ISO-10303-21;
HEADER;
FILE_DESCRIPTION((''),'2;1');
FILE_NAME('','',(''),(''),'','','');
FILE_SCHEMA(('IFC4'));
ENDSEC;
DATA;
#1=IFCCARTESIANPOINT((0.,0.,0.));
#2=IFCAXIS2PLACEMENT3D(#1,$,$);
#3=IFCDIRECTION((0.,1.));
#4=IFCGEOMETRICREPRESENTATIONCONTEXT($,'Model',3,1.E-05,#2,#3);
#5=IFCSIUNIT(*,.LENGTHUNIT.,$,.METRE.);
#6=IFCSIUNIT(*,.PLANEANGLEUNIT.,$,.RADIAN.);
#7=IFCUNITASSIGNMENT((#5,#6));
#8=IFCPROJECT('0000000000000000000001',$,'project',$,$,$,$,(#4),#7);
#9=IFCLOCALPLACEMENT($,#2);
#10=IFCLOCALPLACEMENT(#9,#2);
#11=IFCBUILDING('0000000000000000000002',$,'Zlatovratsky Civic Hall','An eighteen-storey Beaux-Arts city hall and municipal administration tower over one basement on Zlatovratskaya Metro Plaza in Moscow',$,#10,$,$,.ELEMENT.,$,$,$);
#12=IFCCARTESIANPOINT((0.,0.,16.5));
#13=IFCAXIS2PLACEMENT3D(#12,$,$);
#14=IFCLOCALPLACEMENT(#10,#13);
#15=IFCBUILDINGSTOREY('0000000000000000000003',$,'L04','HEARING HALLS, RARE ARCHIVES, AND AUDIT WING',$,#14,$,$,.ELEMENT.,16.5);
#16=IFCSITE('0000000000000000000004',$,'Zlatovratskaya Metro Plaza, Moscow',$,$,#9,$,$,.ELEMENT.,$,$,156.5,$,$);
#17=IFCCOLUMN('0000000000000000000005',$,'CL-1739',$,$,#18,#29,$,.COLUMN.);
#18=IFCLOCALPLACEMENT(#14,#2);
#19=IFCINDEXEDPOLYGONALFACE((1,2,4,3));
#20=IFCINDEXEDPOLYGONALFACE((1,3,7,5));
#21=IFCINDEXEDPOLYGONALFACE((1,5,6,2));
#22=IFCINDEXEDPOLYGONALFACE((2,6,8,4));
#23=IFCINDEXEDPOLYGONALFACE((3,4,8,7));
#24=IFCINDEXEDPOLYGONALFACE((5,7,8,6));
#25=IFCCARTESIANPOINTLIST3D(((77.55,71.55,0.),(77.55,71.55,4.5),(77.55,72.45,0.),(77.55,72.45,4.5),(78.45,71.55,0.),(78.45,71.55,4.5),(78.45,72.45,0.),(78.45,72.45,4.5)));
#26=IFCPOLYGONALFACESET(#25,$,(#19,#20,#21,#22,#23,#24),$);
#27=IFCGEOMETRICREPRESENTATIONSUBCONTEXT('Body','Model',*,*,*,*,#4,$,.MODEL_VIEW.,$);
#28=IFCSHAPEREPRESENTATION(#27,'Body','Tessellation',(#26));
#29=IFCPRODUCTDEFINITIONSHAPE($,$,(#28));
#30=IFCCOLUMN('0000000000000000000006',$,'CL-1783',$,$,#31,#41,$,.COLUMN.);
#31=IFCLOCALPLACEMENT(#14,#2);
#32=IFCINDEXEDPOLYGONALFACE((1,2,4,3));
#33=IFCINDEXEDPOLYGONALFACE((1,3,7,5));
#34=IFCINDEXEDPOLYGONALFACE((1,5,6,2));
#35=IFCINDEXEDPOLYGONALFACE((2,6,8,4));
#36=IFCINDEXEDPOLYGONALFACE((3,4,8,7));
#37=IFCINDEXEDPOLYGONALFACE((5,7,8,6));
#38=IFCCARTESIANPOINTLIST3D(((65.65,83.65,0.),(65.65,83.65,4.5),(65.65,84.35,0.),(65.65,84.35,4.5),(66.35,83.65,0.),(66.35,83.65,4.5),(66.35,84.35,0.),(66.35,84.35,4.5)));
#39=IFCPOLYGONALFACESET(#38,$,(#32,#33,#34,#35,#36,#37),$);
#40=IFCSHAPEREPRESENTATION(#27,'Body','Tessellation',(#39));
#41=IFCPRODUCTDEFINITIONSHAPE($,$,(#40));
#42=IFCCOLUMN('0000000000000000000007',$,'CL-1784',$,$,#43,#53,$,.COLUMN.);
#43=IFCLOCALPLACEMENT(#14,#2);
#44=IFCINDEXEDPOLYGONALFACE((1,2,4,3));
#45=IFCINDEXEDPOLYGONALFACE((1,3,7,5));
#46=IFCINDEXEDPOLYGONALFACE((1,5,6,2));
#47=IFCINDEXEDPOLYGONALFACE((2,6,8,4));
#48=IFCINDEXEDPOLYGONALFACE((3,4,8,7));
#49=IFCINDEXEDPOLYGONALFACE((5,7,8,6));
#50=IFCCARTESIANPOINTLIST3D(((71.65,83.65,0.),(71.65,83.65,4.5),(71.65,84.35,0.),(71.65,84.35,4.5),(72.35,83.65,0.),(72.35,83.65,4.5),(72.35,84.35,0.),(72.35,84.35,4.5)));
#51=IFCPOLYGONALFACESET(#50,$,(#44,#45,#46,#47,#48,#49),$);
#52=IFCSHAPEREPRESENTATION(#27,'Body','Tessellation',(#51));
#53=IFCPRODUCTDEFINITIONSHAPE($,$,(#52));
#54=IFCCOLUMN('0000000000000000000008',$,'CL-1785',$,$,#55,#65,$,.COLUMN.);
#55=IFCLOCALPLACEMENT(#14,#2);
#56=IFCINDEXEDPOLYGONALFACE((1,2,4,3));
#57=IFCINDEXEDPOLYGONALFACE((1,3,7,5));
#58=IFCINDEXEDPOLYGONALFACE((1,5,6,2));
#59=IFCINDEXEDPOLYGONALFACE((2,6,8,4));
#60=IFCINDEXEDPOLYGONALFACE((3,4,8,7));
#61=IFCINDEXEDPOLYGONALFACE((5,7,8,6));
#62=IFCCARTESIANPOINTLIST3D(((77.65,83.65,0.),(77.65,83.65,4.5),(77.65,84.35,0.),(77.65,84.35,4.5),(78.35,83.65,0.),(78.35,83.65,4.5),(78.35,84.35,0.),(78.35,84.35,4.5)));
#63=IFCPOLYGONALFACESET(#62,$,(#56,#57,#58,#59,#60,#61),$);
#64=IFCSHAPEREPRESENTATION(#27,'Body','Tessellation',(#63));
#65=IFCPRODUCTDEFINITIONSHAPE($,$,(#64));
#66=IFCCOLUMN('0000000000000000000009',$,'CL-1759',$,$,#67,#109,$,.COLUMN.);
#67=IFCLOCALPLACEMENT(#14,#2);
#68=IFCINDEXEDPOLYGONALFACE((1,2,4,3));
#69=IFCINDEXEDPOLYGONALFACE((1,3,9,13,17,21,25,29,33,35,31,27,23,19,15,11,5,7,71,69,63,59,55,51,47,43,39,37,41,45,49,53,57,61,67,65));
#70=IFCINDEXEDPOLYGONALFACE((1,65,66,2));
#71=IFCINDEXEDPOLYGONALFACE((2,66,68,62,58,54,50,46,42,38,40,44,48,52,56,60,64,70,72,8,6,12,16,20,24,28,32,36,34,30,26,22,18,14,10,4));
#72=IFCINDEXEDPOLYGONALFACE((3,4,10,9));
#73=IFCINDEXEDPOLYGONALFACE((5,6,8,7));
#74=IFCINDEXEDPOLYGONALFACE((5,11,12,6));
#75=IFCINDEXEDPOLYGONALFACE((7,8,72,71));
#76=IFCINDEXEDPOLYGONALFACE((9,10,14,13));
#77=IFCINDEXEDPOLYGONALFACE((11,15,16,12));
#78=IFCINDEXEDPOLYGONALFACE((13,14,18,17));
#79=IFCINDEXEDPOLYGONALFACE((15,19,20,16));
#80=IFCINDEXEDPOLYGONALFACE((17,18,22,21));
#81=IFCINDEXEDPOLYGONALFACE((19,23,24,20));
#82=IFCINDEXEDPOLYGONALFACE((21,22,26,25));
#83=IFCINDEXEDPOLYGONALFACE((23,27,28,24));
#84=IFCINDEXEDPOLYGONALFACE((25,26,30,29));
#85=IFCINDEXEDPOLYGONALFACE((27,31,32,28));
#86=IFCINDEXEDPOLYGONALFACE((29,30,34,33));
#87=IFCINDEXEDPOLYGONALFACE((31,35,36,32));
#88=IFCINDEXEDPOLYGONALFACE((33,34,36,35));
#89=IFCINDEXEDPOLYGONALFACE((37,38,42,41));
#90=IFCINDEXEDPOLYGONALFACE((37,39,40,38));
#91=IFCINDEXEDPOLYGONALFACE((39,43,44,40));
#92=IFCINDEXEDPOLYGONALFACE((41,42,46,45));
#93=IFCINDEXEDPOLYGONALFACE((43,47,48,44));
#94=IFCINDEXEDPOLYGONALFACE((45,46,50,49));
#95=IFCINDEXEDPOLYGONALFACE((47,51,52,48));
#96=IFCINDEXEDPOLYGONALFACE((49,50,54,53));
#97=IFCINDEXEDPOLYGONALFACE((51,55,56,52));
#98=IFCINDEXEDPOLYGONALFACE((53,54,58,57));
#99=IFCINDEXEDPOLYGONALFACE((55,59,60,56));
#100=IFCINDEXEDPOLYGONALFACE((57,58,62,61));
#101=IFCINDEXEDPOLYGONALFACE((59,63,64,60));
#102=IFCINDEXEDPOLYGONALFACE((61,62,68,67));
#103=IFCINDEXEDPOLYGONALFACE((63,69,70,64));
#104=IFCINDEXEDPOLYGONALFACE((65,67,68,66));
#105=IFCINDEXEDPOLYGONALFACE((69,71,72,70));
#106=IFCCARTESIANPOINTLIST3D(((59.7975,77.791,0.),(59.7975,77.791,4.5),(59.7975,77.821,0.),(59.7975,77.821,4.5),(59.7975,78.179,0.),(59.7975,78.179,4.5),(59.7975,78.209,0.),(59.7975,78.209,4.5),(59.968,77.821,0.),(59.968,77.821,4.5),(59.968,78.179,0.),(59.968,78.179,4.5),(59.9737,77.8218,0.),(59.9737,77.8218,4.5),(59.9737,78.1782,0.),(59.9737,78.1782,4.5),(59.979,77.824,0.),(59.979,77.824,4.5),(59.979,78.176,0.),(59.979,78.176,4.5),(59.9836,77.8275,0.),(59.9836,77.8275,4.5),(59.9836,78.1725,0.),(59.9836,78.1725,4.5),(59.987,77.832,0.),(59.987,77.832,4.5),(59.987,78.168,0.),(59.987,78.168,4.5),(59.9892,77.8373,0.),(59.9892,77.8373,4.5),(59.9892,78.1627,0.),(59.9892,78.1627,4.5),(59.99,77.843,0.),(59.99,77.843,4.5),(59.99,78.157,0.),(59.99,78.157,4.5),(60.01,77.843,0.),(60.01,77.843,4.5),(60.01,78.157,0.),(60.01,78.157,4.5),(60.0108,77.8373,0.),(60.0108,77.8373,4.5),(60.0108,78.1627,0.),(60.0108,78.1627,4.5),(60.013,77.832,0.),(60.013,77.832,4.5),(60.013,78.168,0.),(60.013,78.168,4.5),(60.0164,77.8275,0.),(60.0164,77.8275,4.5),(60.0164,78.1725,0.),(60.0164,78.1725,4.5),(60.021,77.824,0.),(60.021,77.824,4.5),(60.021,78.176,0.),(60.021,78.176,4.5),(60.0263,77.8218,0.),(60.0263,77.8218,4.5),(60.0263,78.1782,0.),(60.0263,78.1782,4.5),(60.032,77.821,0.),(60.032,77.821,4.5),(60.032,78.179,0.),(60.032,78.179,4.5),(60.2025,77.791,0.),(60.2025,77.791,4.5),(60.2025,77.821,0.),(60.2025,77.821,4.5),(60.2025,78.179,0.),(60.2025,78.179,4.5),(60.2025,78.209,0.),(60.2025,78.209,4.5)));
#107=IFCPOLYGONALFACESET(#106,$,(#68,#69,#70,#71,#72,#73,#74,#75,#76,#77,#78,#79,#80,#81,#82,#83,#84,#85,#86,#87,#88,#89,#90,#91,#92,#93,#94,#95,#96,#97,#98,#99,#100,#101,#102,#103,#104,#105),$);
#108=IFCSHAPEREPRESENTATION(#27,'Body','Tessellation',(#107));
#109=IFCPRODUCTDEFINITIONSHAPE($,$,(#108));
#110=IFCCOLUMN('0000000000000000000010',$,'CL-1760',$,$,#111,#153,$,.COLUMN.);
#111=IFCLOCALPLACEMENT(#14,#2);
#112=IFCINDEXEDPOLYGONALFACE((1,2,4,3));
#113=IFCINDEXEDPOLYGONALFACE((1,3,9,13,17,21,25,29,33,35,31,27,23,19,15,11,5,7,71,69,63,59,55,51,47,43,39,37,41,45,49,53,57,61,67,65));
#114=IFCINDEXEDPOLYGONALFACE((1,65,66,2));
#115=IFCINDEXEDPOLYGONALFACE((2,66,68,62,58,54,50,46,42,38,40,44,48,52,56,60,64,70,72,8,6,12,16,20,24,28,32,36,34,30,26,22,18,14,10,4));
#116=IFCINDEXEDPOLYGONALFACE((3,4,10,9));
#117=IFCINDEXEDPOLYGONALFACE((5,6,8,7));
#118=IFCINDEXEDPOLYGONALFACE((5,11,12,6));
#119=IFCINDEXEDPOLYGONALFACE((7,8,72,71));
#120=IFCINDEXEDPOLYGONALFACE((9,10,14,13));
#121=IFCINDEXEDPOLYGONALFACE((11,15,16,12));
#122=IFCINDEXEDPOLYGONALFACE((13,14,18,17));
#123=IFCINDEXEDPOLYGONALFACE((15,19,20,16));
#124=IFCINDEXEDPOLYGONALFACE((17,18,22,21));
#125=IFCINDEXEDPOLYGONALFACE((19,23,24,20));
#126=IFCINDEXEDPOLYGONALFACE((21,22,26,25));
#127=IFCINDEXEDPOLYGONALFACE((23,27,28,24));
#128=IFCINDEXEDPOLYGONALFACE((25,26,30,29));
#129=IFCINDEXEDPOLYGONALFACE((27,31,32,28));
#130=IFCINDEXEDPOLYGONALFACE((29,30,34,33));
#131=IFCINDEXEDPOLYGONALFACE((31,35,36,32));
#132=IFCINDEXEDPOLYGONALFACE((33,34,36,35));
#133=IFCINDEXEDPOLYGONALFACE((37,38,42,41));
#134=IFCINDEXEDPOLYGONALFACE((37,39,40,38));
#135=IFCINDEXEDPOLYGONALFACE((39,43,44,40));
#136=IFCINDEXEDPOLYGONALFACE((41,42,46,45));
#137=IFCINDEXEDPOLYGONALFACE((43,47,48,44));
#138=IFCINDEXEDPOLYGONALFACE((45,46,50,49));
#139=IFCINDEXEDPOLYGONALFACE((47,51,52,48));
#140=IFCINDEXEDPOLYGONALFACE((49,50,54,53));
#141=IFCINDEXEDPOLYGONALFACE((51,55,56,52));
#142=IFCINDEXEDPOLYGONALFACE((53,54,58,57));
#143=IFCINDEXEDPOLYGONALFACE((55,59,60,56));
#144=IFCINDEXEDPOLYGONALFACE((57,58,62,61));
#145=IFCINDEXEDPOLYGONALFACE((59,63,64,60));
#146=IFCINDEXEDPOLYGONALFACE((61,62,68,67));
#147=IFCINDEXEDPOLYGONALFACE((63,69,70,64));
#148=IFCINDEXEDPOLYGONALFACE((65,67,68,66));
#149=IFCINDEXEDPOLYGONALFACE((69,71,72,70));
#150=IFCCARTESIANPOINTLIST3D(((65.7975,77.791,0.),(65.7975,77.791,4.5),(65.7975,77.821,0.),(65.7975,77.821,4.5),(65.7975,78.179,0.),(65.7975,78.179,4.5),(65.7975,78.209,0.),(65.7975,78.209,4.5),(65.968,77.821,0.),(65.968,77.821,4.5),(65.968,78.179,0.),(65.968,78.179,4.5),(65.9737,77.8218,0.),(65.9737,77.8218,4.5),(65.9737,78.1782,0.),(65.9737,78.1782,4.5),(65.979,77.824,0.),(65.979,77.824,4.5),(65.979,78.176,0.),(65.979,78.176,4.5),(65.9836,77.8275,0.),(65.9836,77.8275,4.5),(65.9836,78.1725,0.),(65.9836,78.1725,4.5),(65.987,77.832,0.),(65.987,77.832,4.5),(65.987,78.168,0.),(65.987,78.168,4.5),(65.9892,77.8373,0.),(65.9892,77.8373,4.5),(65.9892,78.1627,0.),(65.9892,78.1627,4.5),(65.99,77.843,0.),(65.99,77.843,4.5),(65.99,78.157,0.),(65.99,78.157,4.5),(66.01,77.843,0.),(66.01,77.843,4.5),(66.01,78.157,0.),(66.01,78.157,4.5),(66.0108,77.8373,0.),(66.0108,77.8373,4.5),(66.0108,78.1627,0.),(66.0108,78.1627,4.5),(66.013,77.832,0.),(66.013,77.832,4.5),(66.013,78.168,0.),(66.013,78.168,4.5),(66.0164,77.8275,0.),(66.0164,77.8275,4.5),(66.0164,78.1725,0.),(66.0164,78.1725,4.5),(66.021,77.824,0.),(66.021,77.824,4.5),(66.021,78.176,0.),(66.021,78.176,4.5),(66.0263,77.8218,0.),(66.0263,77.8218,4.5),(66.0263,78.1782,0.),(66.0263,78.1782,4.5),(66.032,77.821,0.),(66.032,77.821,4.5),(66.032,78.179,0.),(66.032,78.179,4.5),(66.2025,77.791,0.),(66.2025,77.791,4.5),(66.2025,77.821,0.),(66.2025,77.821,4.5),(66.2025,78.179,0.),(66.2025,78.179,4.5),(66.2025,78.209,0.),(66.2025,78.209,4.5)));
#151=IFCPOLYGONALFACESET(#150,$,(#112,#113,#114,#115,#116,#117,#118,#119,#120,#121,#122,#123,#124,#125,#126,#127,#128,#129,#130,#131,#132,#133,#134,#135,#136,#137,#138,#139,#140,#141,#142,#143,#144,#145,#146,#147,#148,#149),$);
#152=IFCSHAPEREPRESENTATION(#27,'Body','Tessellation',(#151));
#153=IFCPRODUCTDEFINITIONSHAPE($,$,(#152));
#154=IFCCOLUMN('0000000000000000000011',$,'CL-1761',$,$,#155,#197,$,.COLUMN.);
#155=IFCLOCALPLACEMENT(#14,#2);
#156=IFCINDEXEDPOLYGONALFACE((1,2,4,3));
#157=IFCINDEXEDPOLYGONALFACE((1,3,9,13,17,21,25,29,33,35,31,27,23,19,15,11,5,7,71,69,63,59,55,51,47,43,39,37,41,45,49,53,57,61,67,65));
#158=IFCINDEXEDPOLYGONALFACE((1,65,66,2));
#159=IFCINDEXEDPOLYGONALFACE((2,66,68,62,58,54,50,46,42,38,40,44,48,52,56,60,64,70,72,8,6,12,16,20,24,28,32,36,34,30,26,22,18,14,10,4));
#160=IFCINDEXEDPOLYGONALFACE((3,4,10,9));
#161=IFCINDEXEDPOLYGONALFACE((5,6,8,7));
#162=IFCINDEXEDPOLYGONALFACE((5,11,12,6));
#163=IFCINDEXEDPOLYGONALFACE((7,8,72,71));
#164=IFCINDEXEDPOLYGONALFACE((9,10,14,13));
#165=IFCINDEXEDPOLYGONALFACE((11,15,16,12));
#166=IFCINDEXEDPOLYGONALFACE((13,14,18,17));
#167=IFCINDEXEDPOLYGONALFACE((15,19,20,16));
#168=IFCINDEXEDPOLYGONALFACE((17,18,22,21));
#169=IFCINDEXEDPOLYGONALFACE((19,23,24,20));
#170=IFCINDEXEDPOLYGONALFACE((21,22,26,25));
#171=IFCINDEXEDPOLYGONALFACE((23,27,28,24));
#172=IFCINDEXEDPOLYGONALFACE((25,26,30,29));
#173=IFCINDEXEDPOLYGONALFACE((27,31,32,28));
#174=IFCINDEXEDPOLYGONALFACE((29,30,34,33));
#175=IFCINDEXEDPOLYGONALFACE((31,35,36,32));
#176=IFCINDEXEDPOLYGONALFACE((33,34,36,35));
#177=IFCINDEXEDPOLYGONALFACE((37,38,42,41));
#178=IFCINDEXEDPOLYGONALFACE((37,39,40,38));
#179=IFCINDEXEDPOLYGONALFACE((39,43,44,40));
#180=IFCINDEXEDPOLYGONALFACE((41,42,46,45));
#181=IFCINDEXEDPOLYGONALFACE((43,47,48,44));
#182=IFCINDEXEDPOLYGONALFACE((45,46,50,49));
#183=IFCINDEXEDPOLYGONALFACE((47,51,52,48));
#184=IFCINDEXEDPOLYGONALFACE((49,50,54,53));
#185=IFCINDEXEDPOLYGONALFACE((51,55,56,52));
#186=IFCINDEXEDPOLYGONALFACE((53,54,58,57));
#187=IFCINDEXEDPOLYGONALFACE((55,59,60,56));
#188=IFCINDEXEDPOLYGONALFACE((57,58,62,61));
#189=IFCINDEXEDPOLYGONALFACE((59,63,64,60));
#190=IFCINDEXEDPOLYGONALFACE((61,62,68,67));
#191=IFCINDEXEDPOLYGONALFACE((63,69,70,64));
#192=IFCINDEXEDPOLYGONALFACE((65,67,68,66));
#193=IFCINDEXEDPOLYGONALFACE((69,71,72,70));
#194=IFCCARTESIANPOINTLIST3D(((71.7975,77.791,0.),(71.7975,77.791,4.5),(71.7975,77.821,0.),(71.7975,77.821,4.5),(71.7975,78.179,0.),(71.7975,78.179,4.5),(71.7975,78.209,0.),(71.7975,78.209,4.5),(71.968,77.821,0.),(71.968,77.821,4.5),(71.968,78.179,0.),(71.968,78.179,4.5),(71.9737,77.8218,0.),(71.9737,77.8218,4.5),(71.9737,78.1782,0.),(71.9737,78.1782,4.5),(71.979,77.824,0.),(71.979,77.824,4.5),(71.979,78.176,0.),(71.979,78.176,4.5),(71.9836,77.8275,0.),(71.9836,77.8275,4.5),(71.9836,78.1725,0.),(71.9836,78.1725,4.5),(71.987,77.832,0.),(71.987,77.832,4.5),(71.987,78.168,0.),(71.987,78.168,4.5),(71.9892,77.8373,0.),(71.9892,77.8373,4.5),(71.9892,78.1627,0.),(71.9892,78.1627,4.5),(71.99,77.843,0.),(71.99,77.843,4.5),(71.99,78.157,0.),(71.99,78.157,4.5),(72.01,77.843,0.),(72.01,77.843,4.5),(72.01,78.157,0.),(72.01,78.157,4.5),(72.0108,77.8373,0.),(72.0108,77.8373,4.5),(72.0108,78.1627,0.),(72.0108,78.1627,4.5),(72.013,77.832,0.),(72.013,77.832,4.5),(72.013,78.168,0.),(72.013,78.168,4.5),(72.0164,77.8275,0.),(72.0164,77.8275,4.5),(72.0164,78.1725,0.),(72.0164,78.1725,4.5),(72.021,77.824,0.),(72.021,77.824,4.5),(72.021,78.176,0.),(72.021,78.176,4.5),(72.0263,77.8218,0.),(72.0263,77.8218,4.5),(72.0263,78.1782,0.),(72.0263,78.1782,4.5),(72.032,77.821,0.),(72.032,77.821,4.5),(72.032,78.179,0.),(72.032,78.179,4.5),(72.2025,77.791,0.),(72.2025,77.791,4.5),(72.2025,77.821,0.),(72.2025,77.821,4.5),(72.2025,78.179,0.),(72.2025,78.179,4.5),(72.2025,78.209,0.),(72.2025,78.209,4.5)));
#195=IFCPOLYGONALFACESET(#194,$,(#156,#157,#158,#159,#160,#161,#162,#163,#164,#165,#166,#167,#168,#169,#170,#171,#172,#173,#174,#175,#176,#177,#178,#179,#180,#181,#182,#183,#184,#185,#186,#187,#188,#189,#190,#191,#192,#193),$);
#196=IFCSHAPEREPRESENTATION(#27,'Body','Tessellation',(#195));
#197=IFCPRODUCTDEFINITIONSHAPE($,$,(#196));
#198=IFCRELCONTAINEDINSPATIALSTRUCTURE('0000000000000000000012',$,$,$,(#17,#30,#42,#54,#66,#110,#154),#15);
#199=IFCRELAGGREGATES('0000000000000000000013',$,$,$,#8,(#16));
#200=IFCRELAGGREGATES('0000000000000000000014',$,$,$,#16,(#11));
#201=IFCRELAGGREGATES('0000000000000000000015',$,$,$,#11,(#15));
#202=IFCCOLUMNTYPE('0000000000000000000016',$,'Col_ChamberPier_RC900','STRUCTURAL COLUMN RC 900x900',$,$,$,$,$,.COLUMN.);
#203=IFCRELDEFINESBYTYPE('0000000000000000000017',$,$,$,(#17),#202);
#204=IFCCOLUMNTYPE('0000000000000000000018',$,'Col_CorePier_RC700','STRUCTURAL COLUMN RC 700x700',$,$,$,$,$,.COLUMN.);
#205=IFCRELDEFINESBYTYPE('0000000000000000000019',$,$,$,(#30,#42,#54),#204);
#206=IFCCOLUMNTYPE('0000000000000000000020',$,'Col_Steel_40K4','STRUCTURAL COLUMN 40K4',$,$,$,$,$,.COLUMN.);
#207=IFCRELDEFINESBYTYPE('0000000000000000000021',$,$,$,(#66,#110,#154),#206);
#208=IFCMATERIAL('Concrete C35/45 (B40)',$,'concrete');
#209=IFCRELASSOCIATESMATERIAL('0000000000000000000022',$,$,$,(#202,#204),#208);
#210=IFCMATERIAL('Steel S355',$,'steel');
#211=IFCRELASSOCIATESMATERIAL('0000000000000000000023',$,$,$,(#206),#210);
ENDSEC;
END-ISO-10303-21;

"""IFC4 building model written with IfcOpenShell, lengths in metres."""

from ifc_helpers import new_model, si_unit, direction, frame, origin, origin_2d, place, context, subcontext, project, spatial, rectangle, i_section, extrude, material, material_profile, profile_set, type_object, element, save


model = new_model("IFC4")

# Units and contexts
model_context = context("Model", 3, precision=1e-05, world=origin(), true_north=direction((0.0, 1.0)))
body_context = subcontext(model_context, "Body", "Model", "MODEL_VIEW")
ifc_project = project(units=[si_unit("LENGTHUNIT", "METRE"), si_unit("PLANEANGLEUNIT", "RADIAN")], contexts=[model_context])

# Site, building, storey
site_placement = place(None, origin())
site = spatial("IfcSite", under=ifc_project, at=site_placement, Name="Zlatovratskaya Metro Plaza, Moscow", CompositionType="ELEMENT", RefElevation=156.5)
building_placement = place(site_placement, origin())
building = spatial("IfcBuilding", under=site, at=building_placement, Name="Zlatovratsky Civic Hall", Description="An eighteen-storey Beaux-Arts city hall and municipal administration tower over one basement on Zlatovratskaya Metro Plaza in Moscow", CompositionType="ELEMENT")
storey_placement = place(building_placement, frame((0.0, 0.0, 16.5)))
storey = spatial("IfcBuildingStorey", under=building, at=storey_placement, Name="L04", Description="HEARING HALLS, RARE ARCHIVES, AND AUDIT WING", CompositionType="ELEMENT", Elevation=16.5)

# Columns
ifc_material_1 = material(Name="Concrete C35/45 (B40)", Category="concrete")
ifc_material_profile_1 = material_profile(ifc_material_1, rectangle(XDim=0.8999, YDim=0.8999, at=origin_2d()), Name="RC 900x900")
ifc_profile_set_1 = profile_set([ifc_material_profile_1], Name="Concrete C35/45 (B40)")
column_type_1 = type_object("IfcColumnType", Name="Col_ChamberPier_RC900", Description="STRUCTURAL COLUMN RC 900x900", PredefinedType="COLUMN", material=ifc_profile_set_1)
column_placement = place(storey_placement, frame((78.0, 72.0, 0.0), z_axis=(0.0, 0.0, 1.0), x_axis=(1.0, 0.0, 0.0)))
element("IfcColumn", 1, at=column_placement, inside=storey, type_object=column_type_1, Name="CL-1739", PredefinedType="COLUMN", context=body_context, shape_type="SweptSolid", body=[
    extrude(rectangle(XDim=0.8999, YDim=0.8999, at=origin_2d()), origin(), (0.0, 0.0, 1.0), 4.5),
])
ifc_material_profile_2 = material_profile(ifc_material_1, rectangle(XDim=0.7, YDim=0.7, at=origin_2d()), Name="RC 700x700")
ifc_profile_set_2 = profile_set([ifc_material_profile_2], Name="Concrete C35/45 (B40)")
column_type_2 = type_object("IfcColumnType", Name="Col_CorePier_RC700", Description="STRUCTURAL COLUMN RC 700x700", PredefinedType="COLUMN", material=ifc_profile_set_2)
for number, where, z_axis, x_axis, name in (
    (2, (66.0, 84.0, 0.0), (0.0, 0.0, 1.0), (1.0, 0.0, 0.0), "CL-1783"),
    (3, (72.0, 84.0, 0.0), (0.0, 0.0, 1.0), (1.0, 0.0, 0.0), "CL-1784"),
    (4, (78.0, 84.0, 0.0), (0.0, 0.0, 1.0), (1.0, 0.0, 0.0), "CL-1785"),
):
    element("IfcColumn", number, at=place(storey_placement, frame(where, z_axis=z_axis, x_axis=x_axis)), inside=storey, type_object=column_type_2, Name=name, PredefinedType="COLUMN", context=body_context, shape_type="SweptSolid", body=[
        extrude(rectangle(XDim=0.7, YDim=0.7, at=origin_2d()), origin(), (0.0, 0.0, 1.0), 4.5),
    ])
ifc_material_2 = material(Name="Steel S355", Category="steel")
ifc_material_profile_3 = material_profile(ifc_material_2, i_section(OverallWidth=0.405, OverallDepth=0.418, WebThickness=0.02, FlangeThickness=0.03, FilletRadius=0.022, at=origin_2d()), Name="40K4")
ifc_profile_set_3 = profile_set([ifc_material_profile_3], Name="Steel S355")
column_type_3 = type_object("IfcColumnType", Name="Col_Steel_40K4", Description="STRUCTURAL COLUMN 40K4", PredefinedType="COLUMN", material=ifc_profile_set_3)
for number, where, z_axis, x_axis, name in (
    (5, (60.0, 78.0, 0.0), (0.0, 0.0, 1.0), (1.0, 0.0, 0.0), "CL-1759"),
    (6, (66.0, 78.0, 0.0), (0.0, 0.0, 1.0), (1.0, 0.0, 0.0), "CL-1760"),
    (7, (72.0, 78.0, 0.0), (0.0, 0.0, 1.0), (1.0, 0.0, 0.0), "CL-1761"),
):
    element("IfcColumn", number, at=place(storey_placement, frame(where, z_axis=z_axis, x_axis=x_axis)), inside=storey, type_object=column_type_3, Name=name, PredefinedType="COLUMN", context=body_context, shape_type="SweptSolid", body=[
        extrude(i_section(OverallWidth=0.405, OverallDepth=0.418, WebThickness=0.02, FlangeThickness=0.03, FilletRadius=0.022, at=origin_2d()), origin(), (0.0, 0.0, 1.0), 4.5),
    ])

save(model, "model.ifc")
